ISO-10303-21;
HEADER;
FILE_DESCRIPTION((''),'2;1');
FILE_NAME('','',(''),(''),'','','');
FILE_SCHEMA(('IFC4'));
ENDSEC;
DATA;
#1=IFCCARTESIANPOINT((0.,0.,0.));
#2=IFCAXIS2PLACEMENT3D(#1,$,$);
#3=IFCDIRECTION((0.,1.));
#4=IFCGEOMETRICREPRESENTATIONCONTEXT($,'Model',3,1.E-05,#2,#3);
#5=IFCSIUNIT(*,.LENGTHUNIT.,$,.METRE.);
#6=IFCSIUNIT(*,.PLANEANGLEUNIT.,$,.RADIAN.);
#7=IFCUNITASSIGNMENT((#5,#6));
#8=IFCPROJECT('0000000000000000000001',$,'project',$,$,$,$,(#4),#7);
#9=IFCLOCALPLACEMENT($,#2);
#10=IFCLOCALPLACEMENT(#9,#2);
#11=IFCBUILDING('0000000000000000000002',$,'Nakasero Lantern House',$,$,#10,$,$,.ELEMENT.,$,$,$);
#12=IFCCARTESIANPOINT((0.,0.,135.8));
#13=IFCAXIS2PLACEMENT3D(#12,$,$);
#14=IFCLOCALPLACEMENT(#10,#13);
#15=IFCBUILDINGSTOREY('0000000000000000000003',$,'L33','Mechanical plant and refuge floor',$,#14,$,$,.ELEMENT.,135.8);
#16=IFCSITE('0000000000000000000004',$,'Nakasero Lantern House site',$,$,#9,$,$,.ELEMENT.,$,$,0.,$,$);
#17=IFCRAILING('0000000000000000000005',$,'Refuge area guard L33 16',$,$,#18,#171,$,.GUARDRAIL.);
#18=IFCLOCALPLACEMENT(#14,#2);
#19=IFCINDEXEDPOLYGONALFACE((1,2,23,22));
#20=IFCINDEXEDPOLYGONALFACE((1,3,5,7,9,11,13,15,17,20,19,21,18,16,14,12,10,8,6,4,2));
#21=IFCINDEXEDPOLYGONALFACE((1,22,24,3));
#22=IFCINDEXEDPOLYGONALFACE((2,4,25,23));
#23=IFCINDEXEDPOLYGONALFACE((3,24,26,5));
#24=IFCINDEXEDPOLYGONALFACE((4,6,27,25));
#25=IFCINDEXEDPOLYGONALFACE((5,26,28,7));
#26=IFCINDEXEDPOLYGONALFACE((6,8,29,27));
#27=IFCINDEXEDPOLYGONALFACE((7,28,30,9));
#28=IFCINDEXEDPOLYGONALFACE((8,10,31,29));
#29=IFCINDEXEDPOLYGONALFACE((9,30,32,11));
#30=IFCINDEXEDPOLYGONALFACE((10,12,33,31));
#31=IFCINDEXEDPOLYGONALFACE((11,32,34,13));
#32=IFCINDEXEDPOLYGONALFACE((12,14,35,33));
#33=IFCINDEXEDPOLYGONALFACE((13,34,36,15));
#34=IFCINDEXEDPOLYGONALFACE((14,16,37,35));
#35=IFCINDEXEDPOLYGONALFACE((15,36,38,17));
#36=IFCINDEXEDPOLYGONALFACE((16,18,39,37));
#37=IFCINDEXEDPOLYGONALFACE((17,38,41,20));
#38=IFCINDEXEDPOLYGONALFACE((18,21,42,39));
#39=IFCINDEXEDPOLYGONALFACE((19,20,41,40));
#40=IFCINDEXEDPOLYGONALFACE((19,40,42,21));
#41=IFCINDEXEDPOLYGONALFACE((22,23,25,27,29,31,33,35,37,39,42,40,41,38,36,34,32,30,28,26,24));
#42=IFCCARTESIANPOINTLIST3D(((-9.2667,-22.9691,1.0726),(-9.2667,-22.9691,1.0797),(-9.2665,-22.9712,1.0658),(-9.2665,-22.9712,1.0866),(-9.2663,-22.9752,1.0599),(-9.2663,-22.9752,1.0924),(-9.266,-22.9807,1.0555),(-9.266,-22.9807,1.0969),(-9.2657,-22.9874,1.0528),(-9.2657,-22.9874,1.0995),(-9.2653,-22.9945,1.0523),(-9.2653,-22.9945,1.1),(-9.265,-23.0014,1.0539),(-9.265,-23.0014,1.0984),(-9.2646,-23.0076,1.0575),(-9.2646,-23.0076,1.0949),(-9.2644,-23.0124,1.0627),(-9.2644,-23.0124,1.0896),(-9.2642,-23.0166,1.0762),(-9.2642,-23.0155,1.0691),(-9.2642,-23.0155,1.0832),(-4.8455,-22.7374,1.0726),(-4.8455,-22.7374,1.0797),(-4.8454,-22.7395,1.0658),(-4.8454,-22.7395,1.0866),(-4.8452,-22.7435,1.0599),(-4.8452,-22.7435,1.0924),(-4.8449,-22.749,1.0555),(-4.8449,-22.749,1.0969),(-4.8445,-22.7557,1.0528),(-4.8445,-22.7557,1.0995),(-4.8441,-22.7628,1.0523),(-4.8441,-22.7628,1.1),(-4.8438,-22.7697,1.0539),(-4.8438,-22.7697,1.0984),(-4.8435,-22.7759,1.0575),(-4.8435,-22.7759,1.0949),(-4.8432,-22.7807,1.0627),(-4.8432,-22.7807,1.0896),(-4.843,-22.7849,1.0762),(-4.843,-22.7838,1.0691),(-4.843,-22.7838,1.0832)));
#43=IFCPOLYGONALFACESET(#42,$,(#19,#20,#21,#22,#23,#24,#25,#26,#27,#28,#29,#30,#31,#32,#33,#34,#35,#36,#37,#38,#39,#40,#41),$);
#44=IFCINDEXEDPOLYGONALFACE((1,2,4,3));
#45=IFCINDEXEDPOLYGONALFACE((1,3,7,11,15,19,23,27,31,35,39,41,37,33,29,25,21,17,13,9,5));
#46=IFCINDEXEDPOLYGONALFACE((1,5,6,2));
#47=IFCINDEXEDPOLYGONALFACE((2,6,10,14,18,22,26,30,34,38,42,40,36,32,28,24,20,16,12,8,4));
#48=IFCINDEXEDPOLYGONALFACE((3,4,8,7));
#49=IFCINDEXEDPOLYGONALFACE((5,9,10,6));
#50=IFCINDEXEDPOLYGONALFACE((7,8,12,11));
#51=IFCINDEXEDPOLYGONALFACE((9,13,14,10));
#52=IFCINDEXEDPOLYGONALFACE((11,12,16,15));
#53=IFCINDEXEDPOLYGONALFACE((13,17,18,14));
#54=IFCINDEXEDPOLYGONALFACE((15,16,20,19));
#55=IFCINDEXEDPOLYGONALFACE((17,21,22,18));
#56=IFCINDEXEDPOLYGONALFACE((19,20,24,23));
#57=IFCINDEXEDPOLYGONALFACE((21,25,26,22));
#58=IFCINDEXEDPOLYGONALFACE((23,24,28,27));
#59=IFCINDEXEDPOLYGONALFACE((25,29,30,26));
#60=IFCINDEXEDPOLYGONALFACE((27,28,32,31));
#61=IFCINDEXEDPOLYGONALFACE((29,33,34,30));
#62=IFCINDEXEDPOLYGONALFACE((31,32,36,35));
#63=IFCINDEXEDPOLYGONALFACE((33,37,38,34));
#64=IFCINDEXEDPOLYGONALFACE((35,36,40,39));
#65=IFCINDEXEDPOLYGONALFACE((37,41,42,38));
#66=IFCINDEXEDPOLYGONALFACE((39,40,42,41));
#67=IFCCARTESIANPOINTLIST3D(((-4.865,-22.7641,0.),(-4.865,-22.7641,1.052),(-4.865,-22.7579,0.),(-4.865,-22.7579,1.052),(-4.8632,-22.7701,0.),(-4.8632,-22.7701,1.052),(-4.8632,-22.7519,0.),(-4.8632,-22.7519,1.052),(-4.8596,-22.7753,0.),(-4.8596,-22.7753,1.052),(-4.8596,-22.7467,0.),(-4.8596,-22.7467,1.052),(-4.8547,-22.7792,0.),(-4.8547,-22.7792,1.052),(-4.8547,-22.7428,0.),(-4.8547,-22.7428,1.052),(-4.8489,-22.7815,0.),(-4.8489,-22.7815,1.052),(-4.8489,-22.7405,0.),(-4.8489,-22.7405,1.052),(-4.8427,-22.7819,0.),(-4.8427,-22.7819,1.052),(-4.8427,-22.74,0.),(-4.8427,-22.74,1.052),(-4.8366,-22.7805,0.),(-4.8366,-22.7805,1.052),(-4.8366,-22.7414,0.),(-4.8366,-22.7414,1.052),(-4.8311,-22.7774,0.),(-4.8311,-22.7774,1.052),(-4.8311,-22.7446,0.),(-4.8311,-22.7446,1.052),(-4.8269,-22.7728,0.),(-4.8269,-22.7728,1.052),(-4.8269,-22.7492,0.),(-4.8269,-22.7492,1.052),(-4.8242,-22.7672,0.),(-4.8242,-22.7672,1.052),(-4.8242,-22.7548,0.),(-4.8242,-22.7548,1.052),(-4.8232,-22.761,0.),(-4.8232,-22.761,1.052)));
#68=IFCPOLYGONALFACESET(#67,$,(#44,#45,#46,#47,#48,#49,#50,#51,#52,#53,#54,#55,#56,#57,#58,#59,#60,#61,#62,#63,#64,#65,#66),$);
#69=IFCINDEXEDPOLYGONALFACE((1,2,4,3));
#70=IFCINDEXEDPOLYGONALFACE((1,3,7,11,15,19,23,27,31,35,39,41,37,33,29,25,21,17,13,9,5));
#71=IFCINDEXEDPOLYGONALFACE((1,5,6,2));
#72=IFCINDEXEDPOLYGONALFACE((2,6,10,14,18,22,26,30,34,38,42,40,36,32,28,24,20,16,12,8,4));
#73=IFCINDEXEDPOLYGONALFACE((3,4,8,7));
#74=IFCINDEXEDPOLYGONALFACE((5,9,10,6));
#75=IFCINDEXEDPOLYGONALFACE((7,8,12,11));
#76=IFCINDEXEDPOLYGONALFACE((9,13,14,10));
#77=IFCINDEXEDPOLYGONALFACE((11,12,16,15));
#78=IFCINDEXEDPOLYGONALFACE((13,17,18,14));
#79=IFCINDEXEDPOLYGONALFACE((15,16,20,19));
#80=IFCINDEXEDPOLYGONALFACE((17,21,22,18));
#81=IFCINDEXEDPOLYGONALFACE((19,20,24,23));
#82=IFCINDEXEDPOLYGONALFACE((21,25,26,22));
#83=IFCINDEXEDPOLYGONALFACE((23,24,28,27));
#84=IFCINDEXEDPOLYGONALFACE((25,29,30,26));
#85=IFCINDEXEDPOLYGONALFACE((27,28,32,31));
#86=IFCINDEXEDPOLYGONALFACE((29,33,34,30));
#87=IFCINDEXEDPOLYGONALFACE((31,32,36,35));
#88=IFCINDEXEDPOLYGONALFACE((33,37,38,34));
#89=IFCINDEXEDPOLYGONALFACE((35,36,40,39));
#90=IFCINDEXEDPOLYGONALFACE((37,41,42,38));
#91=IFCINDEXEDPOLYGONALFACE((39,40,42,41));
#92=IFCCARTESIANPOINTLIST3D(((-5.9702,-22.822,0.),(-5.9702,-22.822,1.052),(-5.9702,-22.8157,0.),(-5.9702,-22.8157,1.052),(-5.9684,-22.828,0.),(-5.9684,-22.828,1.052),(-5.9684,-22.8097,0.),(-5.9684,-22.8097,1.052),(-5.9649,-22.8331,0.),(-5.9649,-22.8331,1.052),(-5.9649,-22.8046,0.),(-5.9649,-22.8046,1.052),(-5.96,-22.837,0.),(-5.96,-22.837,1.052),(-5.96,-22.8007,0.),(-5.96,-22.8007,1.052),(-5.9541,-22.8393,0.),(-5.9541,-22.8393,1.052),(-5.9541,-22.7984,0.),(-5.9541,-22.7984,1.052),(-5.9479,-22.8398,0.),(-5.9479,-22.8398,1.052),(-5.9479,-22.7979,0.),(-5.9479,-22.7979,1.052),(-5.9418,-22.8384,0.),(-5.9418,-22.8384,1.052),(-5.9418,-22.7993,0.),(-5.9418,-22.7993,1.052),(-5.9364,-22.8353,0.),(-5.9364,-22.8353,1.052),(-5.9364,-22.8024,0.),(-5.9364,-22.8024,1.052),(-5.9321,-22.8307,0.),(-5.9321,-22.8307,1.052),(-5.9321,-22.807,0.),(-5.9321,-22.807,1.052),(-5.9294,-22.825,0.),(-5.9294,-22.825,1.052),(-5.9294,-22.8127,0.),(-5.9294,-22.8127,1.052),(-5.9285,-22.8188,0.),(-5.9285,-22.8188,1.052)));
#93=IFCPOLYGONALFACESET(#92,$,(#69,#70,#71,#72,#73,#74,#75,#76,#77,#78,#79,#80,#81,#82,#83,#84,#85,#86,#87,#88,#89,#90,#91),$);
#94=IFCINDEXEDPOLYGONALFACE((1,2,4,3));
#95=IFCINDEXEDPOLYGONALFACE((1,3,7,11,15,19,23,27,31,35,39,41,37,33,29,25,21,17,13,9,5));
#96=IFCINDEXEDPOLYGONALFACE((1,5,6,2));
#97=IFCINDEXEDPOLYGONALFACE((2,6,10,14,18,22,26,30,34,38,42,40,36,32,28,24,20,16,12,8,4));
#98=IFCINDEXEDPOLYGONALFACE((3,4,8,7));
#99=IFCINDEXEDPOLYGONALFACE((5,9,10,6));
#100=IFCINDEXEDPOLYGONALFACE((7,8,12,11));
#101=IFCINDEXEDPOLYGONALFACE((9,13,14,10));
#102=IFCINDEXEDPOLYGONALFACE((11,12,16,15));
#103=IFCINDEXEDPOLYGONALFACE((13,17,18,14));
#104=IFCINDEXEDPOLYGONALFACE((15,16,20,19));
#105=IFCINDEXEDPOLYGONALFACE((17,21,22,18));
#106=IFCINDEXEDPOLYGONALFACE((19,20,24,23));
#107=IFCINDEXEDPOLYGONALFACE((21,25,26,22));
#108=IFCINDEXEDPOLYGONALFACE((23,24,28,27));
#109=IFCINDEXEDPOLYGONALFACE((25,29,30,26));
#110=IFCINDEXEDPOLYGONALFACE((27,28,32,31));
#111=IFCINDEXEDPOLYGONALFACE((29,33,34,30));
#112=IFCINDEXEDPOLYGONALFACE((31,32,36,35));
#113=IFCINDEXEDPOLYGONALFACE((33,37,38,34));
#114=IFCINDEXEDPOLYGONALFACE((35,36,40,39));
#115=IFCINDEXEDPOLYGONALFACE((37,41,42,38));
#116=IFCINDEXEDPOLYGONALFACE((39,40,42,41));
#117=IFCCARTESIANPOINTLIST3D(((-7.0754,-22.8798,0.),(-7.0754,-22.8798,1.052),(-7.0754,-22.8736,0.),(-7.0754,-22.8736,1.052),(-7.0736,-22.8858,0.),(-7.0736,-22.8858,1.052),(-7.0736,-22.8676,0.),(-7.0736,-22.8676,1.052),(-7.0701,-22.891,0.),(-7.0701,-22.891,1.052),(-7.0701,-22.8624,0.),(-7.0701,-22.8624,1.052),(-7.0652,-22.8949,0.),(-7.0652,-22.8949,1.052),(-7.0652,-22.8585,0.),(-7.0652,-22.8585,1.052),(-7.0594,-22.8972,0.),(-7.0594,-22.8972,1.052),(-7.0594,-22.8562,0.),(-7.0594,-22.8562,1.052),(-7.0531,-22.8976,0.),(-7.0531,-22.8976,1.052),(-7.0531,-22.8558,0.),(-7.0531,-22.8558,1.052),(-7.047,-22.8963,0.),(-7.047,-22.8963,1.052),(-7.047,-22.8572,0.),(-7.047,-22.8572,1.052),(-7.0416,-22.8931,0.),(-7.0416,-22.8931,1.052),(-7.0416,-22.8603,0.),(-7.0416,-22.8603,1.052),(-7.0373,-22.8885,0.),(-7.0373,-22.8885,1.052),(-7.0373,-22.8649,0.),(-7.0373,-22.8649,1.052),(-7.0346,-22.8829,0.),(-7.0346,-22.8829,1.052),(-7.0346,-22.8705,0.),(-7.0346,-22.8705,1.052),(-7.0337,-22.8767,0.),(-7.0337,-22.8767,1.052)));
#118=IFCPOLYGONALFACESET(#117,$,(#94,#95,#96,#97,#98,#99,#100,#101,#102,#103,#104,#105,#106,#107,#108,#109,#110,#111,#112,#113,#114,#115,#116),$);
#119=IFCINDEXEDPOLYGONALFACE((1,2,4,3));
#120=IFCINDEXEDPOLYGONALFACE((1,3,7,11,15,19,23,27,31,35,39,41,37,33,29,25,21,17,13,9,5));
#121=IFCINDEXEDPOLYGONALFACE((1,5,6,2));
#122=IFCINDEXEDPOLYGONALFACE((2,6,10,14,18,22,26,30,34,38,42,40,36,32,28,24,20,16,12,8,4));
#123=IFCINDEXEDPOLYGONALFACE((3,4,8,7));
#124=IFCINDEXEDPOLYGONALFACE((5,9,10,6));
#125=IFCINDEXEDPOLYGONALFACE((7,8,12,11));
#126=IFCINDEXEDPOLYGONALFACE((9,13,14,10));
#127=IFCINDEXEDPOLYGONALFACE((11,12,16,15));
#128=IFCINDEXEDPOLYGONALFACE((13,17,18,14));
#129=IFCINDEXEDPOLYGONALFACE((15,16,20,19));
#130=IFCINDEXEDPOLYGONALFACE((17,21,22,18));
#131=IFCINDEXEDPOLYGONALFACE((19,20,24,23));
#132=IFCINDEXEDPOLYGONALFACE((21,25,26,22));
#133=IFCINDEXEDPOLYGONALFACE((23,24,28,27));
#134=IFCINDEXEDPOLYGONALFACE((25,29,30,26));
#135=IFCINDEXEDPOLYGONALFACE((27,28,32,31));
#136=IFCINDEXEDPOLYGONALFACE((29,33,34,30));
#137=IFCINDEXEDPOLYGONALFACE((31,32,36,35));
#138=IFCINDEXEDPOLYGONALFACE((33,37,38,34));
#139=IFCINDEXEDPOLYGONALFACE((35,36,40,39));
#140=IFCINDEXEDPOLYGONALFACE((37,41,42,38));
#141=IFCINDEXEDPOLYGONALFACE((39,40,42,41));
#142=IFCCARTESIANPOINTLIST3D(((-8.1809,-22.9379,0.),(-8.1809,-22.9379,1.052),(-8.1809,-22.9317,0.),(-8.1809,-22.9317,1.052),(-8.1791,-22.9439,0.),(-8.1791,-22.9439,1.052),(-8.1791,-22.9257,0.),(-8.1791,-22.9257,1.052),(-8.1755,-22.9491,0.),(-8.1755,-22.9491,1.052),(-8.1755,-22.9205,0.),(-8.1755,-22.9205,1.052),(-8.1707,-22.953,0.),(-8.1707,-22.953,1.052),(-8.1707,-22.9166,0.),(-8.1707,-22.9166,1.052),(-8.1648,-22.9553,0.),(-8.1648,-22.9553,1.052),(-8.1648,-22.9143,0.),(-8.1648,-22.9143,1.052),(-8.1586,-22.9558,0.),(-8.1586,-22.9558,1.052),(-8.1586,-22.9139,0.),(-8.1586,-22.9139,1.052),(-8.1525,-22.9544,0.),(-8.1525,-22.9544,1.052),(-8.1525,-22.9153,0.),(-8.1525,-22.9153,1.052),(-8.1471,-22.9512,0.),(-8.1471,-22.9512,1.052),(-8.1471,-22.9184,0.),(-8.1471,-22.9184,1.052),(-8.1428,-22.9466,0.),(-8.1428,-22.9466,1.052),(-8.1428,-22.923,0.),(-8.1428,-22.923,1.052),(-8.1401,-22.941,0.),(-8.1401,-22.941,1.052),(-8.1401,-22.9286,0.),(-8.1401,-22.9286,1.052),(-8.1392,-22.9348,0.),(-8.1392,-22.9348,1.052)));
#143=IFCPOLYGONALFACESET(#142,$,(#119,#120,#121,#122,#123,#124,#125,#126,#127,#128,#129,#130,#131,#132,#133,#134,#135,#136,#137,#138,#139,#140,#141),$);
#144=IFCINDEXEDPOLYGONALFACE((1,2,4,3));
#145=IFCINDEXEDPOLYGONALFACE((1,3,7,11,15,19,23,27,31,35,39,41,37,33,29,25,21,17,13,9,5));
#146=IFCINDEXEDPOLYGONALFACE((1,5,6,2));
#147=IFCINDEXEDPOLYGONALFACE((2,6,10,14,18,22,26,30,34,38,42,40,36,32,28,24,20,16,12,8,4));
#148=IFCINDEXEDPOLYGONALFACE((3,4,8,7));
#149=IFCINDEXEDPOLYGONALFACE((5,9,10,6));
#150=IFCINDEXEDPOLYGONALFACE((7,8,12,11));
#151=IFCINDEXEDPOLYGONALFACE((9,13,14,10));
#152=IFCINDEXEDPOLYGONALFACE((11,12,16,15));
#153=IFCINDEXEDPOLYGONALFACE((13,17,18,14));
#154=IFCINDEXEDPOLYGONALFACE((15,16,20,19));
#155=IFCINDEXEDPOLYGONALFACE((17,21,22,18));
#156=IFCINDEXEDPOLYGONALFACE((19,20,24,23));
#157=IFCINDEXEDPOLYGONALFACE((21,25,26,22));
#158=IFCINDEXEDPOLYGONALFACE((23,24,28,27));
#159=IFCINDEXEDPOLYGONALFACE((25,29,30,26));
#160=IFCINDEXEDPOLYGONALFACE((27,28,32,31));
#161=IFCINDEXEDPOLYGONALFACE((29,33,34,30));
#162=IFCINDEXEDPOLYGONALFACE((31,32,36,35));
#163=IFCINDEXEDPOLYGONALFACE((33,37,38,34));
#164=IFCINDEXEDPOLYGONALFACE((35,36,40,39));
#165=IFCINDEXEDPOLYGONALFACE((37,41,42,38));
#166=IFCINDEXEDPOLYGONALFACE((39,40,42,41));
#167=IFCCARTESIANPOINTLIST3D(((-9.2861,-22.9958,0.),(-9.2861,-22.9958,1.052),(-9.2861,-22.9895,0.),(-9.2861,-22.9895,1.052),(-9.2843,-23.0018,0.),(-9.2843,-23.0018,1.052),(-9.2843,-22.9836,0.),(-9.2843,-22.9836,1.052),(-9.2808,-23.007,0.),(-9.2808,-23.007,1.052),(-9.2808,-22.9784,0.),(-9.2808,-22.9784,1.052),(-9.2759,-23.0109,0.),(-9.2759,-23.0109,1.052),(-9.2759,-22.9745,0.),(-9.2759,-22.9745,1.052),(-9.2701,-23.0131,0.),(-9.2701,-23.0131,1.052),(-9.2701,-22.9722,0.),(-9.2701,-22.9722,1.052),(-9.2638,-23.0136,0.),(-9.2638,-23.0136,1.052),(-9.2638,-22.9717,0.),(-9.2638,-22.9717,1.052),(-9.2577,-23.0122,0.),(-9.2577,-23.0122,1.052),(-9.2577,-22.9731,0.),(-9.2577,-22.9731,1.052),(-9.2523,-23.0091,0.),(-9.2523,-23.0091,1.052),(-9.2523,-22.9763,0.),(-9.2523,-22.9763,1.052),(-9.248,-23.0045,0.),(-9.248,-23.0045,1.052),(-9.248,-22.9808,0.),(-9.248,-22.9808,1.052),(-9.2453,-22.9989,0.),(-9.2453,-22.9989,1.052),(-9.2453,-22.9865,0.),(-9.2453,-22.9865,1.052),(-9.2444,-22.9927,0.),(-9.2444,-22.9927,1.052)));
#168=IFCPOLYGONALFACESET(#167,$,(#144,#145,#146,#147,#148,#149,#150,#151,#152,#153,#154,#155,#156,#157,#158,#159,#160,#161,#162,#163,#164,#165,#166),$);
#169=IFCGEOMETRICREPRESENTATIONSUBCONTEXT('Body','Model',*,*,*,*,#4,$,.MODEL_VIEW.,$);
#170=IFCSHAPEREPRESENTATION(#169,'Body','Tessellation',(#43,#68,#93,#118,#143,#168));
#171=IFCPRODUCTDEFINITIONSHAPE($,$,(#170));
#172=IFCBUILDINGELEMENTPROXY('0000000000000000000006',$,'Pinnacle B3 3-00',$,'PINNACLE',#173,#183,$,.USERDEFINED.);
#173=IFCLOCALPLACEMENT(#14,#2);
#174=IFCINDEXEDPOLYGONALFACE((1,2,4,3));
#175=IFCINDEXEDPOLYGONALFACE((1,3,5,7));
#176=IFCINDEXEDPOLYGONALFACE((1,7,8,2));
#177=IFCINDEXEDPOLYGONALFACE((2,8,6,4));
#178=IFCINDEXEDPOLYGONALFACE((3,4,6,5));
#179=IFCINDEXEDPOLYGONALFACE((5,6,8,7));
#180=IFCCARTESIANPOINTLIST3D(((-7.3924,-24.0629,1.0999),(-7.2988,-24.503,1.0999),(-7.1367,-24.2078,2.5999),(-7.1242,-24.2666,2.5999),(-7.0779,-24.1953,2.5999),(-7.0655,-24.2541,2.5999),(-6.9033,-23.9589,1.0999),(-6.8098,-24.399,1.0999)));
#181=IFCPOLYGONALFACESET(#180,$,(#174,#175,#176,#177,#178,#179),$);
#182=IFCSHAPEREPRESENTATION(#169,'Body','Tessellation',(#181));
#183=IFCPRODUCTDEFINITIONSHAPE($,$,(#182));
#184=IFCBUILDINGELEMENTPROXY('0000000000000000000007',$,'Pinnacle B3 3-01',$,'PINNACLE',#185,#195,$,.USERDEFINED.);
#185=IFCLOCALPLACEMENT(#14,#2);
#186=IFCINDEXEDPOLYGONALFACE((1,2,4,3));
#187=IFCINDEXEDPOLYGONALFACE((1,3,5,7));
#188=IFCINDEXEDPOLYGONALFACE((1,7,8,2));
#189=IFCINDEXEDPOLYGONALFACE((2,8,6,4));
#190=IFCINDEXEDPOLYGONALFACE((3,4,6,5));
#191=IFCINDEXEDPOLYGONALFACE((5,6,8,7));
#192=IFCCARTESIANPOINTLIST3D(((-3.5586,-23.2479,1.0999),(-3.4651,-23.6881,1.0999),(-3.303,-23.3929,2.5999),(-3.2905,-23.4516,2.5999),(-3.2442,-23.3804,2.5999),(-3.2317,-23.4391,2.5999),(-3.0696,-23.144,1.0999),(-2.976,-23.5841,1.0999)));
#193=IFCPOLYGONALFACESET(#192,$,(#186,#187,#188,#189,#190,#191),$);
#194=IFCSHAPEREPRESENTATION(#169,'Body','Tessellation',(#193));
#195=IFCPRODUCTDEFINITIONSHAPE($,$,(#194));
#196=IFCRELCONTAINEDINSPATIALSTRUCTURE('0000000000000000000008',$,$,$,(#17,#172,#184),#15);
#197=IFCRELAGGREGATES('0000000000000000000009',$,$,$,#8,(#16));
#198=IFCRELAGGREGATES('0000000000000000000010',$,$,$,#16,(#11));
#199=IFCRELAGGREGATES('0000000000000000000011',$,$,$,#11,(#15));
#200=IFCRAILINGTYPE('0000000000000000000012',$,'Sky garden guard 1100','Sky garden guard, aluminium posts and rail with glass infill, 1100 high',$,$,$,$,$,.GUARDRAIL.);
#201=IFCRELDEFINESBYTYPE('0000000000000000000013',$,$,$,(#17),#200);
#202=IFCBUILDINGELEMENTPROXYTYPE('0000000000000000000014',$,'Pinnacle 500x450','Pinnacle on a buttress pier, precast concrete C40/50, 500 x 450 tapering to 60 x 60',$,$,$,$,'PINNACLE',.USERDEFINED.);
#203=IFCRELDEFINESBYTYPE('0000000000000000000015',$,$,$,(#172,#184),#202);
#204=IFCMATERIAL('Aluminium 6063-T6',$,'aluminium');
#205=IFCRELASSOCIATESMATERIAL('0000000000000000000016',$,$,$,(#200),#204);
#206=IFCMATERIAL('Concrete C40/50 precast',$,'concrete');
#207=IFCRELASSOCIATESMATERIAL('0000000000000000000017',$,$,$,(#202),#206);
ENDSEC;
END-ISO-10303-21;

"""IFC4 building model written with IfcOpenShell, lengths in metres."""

from ifc_helpers import new_model, entity, si_unit, direction, frame, origin, origin_2d, place, context, subcontext, project, spatial, circle, extrude, material, type_object, element, save


model = new_model("IFC4")

# Units and contexts
model_context = context("Model", 3, precision=1e-05, world=origin(), true_north=direction((0.0, 1.0)))
body_context = subcontext(model_context, "Body", "Model", "MODEL_VIEW")
ifc_project = project(units=[si_unit("LENGTHUNIT", "METRE"), si_unit("PLANEANGLEUNIT", "RADIAN")], contexts=[model_context])

# Site, building, storey
site_placement = place(None, origin())
site = spatial("IfcSite", under=ifc_project, at=site_placement, Name="Nakasero Lantern House site", CompositionType="ELEMENT", RefElevation=0.0)
building_placement = place(site_placement, origin())
building = spatial("IfcBuilding", under=site, at=building_placement, Name="Nakasero Lantern House", CompositionType="ELEMENT")
storey_placement = place(building_placement, frame((0.0, 0.0, 135.8)))
storey = spatial("IfcBuildingStorey", under=building, at=storey_placement, Name="L33", Description="Mechanical plant and refuge floor", CompositionType="ELEMENT", Elevation=135.8)

# Railing
ifc_material_1 = material(Name="Aluminium 6063-T6", Category="aluminium")
railing_type = type_object("IfcRailingType", Name="Sky garden guard 1100", Description="Sky garden guard, aluminium posts and rail with glass infill, 1100 high", PredefinedType="GUARDRAIL", material=ifc_material_1)
railing_1_placement = place(storey_placement, frame((-4.8442, -22.761, 0.0)))
element("IfcRailing", 1, at=railing_1_placement, inside=storey, type_object=railing_type, Name="Refuge area guard L33 16", PredefinedType="GUARDRAIL", context=body_context, shape_type="SweptSolid", body=[
    extrude(circle(Radius=0.0239, at=origin_2d()), frame((0.0, 0.0, 1.0762), z_axis=(-0.99863, -0.052333, 0.0), x_axis=(0.052333, -0.99863, 0.0)), (0.0, 0.0, 1.0), 4.4272),
    extrude(circle(Radius=0.021, at=origin_2d()), origin(), (0.0, 0.0, 1.0), 1.052),
    extrude(circle(Radius=0.021, at=origin_2d()), frame((-1.1052, -0.0579, 0.0)), (0.0, 0.0, 1.0), 1.052),
    extrude(circle(Radius=0.021, at=origin_2d()), frame((-2.2104, -0.1157, 0.0)), (0.0, 0.0, 1.0), 1.052),
    extrude(circle(Radius=0.021, at=origin_2d()), frame((-3.3159, -0.1738, 0.0)), (0.0, 0.0, 1.0), 1.052),
    extrude(circle(Radius=0.021, at=origin_2d()), frame((-4.4211, -0.2317, 0.0)), (0.0, 0.0, 1.0), 1.052),
])

# Building element proxies
ifc_material_2 = material(Name="Concrete C40/50 precast", Category="concrete")
building_element_proxy_type = type_object("IfcBuildingElementProxyType", Name="Pinnacle 500x450", Description="Pinnacle on a buttress pier, precast concrete C40/50, 500 x 450 tapering to 60 x 60", ElementType="PINNACLE", PredefinedType="USERDEFINED", material=ifc_material_2)
for number, where, z_axis, x_axis, name in (
    (2, (-7.1011, -24.231, 1.0999), (0.0, 0.0, 1.0), (0.207912, -0.978148, 0.0), "Pinnacle B3 3-00"),
    (3, (-3.2673, -23.416, 1.0999), (0.0, 0.0, 1.0), (0.207912, -0.978148, 0.0), "Pinnacle B3 3-01"),
):
    element("IfcBuildingElementProxy", number, at=place(storey_placement, frame(where, z_axis=z_axis, x_axis=x_axis)), inside=storey, type_object=building_element_proxy_type, Name=name, ObjectType="PINNACLE", PredefinedType="USERDEFINED", context=body_context, shape_type="SweptSolid", body=[
        entity("IfcExtrudedAreaSolidTapered", entity("IfcRectangleProfileDef", "AREA", None, entity("IfcAxis2Placement2D", entity("IfcCartesianPoint", [0.0, 0.0])), 0.45, 0.5), entity("IfcAxis2Placement3D", entity("IfcCartesianPoint", [0.0, 0.0, 0.0])), entity("IfcDirection", [0.0, 0.0, 1.0]), 1.5, entity("IfcRectangleProfileDef", "AREA", None, entity("IfcAxis2Placement2D", entity("IfcCartesianPoint", [0.0, 0.0])), 0.0601, 0.0601)),
    ])

save(model, "model.ifc")
